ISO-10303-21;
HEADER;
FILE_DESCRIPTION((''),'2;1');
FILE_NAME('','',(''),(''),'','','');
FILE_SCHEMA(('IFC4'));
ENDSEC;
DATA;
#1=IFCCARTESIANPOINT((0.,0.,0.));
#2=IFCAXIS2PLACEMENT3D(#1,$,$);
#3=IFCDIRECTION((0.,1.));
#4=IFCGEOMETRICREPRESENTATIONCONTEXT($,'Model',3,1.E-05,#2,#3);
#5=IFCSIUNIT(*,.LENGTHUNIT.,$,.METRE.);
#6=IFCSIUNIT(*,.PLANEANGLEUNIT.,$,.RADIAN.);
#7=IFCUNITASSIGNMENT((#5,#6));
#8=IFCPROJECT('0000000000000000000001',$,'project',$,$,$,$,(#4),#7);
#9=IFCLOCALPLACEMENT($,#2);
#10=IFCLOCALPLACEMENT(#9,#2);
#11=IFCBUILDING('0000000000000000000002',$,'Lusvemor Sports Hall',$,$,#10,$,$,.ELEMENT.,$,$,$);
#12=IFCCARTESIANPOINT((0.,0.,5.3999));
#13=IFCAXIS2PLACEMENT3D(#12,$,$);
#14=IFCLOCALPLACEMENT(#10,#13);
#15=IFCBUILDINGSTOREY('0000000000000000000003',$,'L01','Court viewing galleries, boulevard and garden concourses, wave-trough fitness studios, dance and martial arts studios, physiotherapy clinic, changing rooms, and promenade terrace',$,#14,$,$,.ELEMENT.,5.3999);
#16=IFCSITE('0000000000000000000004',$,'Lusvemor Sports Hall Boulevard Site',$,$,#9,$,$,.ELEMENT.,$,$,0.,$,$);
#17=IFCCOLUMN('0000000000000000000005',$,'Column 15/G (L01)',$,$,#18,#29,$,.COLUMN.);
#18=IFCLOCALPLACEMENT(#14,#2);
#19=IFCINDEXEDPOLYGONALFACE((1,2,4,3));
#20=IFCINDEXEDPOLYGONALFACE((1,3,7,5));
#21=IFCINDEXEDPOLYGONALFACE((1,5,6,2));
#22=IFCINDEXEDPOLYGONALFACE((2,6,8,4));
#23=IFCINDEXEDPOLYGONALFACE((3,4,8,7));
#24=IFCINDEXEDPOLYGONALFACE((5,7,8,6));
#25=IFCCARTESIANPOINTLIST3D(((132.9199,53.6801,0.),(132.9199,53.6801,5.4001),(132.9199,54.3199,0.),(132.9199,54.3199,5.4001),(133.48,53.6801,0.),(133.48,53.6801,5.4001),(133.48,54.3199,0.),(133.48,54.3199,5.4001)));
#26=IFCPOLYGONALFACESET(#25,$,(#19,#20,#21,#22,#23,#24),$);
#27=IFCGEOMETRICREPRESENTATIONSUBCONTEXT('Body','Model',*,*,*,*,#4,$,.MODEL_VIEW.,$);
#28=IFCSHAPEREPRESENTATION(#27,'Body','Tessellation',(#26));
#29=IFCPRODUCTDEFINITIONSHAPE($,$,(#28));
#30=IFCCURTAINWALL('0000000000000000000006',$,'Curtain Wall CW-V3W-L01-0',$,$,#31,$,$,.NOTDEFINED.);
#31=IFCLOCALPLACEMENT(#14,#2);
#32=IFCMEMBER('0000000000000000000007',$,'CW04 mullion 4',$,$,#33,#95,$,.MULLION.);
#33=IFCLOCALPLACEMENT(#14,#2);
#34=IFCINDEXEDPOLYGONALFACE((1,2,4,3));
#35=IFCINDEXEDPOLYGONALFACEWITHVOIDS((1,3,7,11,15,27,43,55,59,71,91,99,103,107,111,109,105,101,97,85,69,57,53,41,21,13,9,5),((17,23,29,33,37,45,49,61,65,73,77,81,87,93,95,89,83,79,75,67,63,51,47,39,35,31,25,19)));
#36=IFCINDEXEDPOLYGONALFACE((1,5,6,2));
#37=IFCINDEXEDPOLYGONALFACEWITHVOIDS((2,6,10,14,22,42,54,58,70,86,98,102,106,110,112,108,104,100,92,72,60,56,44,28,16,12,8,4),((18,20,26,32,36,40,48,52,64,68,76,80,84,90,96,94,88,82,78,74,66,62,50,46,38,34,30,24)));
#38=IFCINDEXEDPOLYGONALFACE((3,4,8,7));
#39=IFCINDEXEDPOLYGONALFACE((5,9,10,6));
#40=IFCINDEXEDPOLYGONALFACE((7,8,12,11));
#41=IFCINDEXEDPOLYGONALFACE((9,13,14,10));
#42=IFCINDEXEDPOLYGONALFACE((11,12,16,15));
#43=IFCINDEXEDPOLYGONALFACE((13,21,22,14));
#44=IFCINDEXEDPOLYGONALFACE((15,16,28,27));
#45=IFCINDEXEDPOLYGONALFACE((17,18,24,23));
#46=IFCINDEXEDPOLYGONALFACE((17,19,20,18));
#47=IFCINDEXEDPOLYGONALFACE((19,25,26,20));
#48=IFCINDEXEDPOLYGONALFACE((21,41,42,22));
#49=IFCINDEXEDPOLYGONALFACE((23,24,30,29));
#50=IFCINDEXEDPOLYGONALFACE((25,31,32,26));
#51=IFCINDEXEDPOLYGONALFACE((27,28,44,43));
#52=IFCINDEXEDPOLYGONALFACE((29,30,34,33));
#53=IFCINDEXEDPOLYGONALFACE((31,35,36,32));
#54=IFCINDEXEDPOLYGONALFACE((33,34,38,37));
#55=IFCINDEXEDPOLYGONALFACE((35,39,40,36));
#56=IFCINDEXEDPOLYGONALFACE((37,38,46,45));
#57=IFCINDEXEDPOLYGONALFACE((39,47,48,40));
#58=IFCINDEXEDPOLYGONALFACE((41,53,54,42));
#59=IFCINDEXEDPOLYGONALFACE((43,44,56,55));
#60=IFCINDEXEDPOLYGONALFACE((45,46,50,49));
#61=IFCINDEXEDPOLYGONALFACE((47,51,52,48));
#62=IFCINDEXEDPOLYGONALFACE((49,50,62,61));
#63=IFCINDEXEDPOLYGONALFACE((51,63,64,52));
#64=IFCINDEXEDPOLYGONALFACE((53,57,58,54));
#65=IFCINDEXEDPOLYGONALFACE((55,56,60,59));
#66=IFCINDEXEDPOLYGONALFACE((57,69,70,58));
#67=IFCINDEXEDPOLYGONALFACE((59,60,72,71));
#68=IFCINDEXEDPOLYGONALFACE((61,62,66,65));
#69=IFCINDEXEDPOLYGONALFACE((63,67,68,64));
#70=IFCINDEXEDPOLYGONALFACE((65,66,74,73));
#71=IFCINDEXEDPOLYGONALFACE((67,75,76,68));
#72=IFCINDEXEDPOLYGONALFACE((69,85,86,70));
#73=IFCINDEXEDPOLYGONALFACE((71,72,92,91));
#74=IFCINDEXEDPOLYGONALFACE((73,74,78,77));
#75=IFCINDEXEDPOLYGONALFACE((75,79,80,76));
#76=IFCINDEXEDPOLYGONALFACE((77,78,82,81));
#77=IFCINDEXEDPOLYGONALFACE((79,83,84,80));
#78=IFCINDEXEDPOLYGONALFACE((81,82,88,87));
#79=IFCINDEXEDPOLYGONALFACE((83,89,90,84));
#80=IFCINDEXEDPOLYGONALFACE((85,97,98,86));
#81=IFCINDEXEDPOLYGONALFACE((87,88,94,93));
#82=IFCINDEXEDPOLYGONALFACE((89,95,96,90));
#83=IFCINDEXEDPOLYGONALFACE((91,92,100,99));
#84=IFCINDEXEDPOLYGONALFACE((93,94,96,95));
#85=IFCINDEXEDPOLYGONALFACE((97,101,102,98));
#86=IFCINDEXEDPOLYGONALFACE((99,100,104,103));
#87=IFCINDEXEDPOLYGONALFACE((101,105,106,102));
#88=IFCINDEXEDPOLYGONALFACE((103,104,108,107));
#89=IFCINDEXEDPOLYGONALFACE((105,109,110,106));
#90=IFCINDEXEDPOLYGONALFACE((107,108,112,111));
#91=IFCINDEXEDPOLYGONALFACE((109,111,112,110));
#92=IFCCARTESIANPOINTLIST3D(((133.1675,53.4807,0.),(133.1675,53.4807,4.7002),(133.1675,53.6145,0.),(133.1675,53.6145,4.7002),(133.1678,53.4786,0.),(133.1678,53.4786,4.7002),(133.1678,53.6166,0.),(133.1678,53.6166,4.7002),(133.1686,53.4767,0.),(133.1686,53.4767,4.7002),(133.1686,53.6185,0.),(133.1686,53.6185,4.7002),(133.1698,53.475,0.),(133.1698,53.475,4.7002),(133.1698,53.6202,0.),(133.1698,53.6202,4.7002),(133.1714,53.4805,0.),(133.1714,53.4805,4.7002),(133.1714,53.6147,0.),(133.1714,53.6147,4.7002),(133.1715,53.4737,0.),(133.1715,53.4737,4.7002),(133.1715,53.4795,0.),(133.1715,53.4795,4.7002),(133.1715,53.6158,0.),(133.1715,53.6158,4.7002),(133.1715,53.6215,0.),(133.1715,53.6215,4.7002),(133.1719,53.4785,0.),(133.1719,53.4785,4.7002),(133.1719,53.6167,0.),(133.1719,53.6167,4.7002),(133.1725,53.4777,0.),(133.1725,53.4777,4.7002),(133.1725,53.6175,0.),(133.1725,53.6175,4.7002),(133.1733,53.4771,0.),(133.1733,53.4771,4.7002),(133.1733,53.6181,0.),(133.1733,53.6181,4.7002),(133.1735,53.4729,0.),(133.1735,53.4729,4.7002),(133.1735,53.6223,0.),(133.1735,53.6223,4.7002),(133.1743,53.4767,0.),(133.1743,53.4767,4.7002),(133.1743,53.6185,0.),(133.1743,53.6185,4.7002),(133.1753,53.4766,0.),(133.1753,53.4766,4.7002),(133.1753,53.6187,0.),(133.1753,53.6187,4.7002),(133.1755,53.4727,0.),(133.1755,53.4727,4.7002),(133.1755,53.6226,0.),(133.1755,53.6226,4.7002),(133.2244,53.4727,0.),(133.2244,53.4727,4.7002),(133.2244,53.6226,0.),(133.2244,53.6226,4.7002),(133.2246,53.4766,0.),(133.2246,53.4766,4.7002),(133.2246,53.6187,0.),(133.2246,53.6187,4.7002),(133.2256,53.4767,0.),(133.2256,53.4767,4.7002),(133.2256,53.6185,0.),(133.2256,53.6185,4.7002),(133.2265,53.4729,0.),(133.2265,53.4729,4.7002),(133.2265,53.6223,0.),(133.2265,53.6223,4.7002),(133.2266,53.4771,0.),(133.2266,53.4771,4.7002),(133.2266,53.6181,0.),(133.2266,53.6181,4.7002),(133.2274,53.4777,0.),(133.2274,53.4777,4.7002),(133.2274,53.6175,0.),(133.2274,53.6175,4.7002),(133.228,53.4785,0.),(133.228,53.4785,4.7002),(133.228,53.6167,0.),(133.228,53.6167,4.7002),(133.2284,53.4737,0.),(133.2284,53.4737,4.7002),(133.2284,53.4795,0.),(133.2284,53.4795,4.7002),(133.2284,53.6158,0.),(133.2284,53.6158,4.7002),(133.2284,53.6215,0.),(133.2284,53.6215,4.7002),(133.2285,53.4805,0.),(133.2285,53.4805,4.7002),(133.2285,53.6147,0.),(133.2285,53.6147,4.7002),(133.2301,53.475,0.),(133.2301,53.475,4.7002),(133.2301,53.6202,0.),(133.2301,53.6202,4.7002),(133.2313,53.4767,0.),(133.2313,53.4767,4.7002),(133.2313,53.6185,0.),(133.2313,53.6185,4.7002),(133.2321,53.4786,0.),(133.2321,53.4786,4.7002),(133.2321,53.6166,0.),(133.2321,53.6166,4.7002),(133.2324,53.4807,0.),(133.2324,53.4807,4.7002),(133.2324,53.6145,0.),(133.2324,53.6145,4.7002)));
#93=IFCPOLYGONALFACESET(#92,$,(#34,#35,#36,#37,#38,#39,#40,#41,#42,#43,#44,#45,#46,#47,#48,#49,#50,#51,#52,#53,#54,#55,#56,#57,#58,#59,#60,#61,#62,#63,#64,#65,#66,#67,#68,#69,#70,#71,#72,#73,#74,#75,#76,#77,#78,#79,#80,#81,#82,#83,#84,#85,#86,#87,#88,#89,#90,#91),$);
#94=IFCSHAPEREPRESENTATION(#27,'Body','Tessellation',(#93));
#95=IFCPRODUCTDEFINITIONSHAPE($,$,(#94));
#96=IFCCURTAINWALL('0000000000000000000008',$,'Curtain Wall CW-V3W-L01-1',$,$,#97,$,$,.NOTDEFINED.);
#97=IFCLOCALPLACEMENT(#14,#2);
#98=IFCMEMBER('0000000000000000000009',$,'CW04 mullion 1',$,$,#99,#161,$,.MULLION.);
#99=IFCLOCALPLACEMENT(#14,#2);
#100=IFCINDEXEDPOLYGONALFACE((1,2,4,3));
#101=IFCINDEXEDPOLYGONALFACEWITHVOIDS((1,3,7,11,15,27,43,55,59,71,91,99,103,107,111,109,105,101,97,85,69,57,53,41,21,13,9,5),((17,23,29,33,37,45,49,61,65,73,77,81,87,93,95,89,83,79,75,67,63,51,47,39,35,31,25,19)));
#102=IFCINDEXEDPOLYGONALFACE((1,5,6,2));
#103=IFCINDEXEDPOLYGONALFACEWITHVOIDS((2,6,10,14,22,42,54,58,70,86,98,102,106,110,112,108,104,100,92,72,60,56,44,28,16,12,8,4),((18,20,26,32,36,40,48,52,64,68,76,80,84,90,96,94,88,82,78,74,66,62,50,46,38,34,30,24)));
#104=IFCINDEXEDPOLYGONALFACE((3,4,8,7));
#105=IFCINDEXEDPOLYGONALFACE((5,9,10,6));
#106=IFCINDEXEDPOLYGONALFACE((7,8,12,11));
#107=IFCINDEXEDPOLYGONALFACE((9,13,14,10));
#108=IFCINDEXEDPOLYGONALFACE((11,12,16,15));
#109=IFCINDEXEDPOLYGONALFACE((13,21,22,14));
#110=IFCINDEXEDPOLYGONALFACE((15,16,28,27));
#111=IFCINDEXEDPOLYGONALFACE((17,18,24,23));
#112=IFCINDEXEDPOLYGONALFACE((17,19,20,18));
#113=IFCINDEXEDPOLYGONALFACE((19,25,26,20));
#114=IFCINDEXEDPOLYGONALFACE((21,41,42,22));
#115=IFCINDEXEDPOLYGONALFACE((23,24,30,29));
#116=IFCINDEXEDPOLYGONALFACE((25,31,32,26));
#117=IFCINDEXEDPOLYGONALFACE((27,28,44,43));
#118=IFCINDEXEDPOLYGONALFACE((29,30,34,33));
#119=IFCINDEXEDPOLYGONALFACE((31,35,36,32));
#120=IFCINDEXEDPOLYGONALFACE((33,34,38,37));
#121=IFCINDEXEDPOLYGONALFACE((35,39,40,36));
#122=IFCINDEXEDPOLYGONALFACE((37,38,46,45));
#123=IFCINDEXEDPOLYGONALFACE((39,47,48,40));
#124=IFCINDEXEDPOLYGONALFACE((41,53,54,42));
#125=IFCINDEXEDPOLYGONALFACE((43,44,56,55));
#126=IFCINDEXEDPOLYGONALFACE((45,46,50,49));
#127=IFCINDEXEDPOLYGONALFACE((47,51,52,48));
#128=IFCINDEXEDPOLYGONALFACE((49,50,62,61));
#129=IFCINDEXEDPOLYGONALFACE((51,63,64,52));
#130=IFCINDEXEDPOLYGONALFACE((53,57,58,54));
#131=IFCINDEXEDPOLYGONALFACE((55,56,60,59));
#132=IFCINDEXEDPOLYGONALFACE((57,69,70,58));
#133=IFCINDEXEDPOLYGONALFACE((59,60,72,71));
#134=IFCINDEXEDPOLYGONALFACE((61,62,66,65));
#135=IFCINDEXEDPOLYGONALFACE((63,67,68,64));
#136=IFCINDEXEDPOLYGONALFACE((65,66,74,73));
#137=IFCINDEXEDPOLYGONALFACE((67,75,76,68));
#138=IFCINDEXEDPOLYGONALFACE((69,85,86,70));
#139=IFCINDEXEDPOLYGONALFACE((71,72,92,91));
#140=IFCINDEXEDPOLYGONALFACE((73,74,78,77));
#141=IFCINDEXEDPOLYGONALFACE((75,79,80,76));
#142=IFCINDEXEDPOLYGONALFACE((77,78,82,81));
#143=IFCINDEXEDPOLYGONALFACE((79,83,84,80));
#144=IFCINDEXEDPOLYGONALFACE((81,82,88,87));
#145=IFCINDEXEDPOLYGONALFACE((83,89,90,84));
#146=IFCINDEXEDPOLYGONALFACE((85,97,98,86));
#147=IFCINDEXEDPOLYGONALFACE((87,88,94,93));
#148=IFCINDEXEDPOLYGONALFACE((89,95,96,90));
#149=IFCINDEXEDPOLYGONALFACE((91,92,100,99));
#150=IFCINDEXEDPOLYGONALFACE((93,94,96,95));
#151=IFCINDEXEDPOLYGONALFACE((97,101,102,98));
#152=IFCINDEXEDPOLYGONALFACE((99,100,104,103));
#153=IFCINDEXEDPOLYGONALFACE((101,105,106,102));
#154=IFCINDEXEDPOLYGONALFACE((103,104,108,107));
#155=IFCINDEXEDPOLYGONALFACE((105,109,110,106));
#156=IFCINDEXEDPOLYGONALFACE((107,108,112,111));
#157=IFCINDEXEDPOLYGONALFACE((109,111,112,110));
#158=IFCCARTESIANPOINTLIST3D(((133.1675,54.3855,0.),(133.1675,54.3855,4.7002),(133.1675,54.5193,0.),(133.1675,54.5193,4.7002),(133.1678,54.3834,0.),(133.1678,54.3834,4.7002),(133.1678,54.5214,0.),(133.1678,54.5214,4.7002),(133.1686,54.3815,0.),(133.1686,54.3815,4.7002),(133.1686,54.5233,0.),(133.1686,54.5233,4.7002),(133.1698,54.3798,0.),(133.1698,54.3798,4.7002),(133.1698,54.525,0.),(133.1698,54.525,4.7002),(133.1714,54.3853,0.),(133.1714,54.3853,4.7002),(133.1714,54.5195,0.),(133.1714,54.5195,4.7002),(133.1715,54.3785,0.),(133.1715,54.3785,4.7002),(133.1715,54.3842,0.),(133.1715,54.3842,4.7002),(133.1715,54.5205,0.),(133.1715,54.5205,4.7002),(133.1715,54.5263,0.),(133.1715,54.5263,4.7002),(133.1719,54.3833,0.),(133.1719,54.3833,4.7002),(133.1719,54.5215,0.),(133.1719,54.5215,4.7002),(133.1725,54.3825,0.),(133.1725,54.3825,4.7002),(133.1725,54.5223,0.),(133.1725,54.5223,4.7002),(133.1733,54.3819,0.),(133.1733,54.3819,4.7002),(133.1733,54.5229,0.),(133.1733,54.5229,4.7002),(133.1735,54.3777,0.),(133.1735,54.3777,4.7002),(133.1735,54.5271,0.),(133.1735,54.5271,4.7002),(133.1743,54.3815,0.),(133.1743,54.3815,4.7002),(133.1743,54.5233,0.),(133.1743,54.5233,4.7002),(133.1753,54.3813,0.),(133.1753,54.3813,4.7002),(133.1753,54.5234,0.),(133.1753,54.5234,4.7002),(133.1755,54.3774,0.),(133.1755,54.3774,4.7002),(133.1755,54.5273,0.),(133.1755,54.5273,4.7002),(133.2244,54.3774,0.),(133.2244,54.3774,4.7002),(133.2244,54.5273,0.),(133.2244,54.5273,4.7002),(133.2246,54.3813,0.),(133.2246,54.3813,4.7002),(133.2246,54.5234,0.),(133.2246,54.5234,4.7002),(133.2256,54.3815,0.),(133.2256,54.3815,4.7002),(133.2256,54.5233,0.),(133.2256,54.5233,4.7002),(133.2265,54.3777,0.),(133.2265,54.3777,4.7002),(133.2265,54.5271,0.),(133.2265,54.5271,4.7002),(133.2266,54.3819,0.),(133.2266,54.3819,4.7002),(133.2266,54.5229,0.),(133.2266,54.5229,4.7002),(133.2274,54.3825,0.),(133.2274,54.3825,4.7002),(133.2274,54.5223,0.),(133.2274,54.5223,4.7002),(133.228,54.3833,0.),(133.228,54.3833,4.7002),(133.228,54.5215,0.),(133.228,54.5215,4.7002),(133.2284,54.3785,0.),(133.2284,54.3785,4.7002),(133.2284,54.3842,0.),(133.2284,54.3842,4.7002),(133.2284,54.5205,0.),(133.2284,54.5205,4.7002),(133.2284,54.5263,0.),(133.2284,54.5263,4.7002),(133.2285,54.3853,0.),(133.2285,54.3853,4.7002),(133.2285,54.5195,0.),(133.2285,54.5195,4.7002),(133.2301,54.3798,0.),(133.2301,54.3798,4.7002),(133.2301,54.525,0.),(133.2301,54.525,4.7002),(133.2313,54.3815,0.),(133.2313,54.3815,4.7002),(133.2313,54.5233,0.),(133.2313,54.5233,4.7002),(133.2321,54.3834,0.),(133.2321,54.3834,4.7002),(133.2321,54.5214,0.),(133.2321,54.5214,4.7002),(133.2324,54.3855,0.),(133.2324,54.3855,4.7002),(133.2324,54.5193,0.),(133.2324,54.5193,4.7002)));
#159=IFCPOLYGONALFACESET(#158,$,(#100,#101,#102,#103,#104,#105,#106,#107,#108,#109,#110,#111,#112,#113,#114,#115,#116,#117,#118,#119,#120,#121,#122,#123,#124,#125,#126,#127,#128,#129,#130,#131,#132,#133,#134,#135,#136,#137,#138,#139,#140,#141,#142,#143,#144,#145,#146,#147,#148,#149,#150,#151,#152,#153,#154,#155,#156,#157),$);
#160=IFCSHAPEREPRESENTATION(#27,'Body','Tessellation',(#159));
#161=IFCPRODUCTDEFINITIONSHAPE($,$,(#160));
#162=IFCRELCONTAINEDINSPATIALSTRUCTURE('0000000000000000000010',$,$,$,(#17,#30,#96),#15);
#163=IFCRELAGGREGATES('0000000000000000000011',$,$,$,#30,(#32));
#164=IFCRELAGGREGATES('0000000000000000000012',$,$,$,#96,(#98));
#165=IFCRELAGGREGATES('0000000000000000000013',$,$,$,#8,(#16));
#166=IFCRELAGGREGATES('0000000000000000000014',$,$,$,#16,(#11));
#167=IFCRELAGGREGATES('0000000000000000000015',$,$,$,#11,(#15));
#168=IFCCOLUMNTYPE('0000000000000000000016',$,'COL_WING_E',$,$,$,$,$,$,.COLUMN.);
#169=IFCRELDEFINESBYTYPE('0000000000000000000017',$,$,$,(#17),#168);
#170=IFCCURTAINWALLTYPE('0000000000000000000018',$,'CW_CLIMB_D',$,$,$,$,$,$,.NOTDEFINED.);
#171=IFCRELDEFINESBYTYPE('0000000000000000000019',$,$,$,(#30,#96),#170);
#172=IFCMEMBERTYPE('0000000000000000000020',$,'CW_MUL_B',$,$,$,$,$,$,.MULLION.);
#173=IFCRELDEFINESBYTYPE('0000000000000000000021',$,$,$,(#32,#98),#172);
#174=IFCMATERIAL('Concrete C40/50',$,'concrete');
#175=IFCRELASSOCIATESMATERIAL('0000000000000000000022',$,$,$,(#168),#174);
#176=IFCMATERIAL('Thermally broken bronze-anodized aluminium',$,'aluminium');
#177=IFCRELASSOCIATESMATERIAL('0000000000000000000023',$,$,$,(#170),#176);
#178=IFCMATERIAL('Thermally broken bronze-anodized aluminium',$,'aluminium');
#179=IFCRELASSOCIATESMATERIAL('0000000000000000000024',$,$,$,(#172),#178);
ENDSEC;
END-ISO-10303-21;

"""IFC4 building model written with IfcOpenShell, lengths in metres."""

from ifc_helpers import new_model, si_unit, direction, frame, origin, origin_2d, place, context, subcontext, project, spatial, rectangle, hollow_rectangle, extrude, material, material_profile, profile_set, type_object, element, aggregate, save


model = new_model("IFC4")

# Units and contexts
model_context = context("Model", 3, precision=1e-05, world=origin(), true_north=direction((0.0, 1.0)))
body_context = subcontext(model_context, "Body", "Model", "MODEL_VIEW")
ifc_project = project(units=[si_unit("LENGTHUNIT", "METRE"), si_unit("PLANEANGLEUNIT", "RADIAN")], contexts=[model_context])

# Site, building, storey
site_placement = place(None, origin())
site = spatial("IfcSite", under=ifc_project, at=site_placement, Name="Lusvemor Sports Hall Boulevard Site", CompositionType="ELEMENT", RefElevation=0.0)
building_placement = place(site_placement, origin())
building = spatial("IfcBuilding", under=site, at=building_placement, Name="Lusvemor Sports Hall", CompositionType="ELEMENT")
storey_placement = place(building_placement, frame((0.0, 0.0, 5.3999)))
storey = spatial("IfcBuildingStorey", under=building, at=storey_placement, Name="L01", Description="Court viewing galleries, boulevard and garden concourses, wave-trough fitness studios, dance and martial arts studios, physiotherapy clinic, changing rooms, and promenade terrace", CompositionType="ELEMENT", Elevation=5.3999)

# Column
ifc_material_1 = material(Name="Concrete C40/50", Category="concrete")
ifc_material_profile_1 = material_profile(ifc_material_1, rectangle(XDim=0.5601, YDim=0.6399, at=origin_2d()), Name="RC560x640")
ifc_profile_set_1 = profile_set([ifc_material_profile_1], Name="Concrete C40/50")
column_type = type_object("IfcColumnType", Name="COL_WING_E", PredefinedType="COLUMN", material=ifc_profile_set_1)
column_placement = place(storey_placement, frame((133.2, 54.0, 0.0), z_axis=(0.0, 0.0, 1.0), x_axis=(1.0, 0.0, 0.0)))
element("IfcColumn", 1, at=column_placement, inside=storey, type_object=column_type, Name="Column 15/G (L01)", PredefinedType="COLUMN", context=body_context, shape_type="SweptSolid", body=[
    extrude(rectangle(XDim=0.5601, YDim=0.6399, at=origin_2d()), origin(), (0.0, 0.0, 1.0), 5.4001),
])

# Curtain wall, member
ifc_material_2 = material(Name="Thermally broken bronze-anodized aluminium", Category="aluminium")
curtain_wall_type = type_object("IfcCurtainWallType", Name="CW_CLIMB_D", PredefinedType="NOTDEFINED", material=ifc_material_2)
curtain_wall_1_placement = place(storey_placement, origin())
curtain_wall_1 = element("IfcCurtainWall", 2, at=curtain_wall_1_placement, inside=storey, type_object=curtain_wall_type, Name="Curtain Wall CW-V3W-L01-0", PredefinedType="NOTDEFINED")
ifc_material_3 = material(Name="Thermally broken bronze-anodized aluminium", Category="aluminium")
ifc_material_profile_2 = material_profile(ifc_material_3, hollow_rectangle(XDim=0.0649, YDim=0.1499, WallThickness=0.0039, InnerFilletRadius=0.0039, OuterFilletRadius=0.0081, at=origin_2d()), Name="CWMUL150x65x4")
ifc_profile_set_2 = profile_set([ifc_material_profile_2], Name="Thermally broken bronze-anodized aluminium")
member_type_1 = type_object("IfcMemberType", Name="CW_MUL_B", PredefinedType="MULLION", material=ifc_profile_set_2)
member_1_placement = place(storey_placement, frame((133.2, 53.5476, 0.0), z_axis=(0.0, 0.0, 1.0), x_axis=(-1.0, 0.0, 0.0)))
member_1 = element("IfcMember", 3, at=member_1_placement, type_object=member_type_1, Name="CW04 mullion 4", PredefinedType="MULLION", context=body_context, shape_type="SweptSolid", body=[
    extrude(hollow_rectangle(XDim=0.0649, YDim=0.1499, WallThickness=0.0039, InnerFilletRadius=0.0039, OuterFilletRadius=0.0081, at=origin_2d()), origin(), (0.0, 0.0, 1.0), 4.7002),
])

# Curtain wall, member
curtain_wall_2_placement = place(storey_placement, origin())
curtain_wall_2 = element("IfcCurtainWall", 4, at=curtain_wall_2_placement, inside=storey, type_object=curtain_wall_type, Name="Curtain Wall CW-V3W-L01-1", PredefinedType="NOTDEFINED")
member_2_placement = place(storey_placement, frame((133.2, 54.4524, 0.0), z_axis=(0.0, 0.0, 1.0), x_axis=(-1.0, 0.0, 0.0)))
member_2 = element("IfcMember", 5, at=member_2_placement, type_object=member_type_1, Name="CW04 mullion 1", PredefinedType="MULLION", context=body_context, shape_type="SweptSolid", body=[
    extrude(hollow_rectangle(XDim=0.0649, YDim=0.1499, WallThickness=0.0039, InnerFilletRadius=0.0039, OuterFilletRadius=0.0081, at=origin_2d()), origin(), (0.0, 0.0, 1.0), 4.7002),
])

aggregate(curtain_wall_1, [member_1])
aggregate(curtain_wall_2, [member_2])

save(model, "model.ifc")
